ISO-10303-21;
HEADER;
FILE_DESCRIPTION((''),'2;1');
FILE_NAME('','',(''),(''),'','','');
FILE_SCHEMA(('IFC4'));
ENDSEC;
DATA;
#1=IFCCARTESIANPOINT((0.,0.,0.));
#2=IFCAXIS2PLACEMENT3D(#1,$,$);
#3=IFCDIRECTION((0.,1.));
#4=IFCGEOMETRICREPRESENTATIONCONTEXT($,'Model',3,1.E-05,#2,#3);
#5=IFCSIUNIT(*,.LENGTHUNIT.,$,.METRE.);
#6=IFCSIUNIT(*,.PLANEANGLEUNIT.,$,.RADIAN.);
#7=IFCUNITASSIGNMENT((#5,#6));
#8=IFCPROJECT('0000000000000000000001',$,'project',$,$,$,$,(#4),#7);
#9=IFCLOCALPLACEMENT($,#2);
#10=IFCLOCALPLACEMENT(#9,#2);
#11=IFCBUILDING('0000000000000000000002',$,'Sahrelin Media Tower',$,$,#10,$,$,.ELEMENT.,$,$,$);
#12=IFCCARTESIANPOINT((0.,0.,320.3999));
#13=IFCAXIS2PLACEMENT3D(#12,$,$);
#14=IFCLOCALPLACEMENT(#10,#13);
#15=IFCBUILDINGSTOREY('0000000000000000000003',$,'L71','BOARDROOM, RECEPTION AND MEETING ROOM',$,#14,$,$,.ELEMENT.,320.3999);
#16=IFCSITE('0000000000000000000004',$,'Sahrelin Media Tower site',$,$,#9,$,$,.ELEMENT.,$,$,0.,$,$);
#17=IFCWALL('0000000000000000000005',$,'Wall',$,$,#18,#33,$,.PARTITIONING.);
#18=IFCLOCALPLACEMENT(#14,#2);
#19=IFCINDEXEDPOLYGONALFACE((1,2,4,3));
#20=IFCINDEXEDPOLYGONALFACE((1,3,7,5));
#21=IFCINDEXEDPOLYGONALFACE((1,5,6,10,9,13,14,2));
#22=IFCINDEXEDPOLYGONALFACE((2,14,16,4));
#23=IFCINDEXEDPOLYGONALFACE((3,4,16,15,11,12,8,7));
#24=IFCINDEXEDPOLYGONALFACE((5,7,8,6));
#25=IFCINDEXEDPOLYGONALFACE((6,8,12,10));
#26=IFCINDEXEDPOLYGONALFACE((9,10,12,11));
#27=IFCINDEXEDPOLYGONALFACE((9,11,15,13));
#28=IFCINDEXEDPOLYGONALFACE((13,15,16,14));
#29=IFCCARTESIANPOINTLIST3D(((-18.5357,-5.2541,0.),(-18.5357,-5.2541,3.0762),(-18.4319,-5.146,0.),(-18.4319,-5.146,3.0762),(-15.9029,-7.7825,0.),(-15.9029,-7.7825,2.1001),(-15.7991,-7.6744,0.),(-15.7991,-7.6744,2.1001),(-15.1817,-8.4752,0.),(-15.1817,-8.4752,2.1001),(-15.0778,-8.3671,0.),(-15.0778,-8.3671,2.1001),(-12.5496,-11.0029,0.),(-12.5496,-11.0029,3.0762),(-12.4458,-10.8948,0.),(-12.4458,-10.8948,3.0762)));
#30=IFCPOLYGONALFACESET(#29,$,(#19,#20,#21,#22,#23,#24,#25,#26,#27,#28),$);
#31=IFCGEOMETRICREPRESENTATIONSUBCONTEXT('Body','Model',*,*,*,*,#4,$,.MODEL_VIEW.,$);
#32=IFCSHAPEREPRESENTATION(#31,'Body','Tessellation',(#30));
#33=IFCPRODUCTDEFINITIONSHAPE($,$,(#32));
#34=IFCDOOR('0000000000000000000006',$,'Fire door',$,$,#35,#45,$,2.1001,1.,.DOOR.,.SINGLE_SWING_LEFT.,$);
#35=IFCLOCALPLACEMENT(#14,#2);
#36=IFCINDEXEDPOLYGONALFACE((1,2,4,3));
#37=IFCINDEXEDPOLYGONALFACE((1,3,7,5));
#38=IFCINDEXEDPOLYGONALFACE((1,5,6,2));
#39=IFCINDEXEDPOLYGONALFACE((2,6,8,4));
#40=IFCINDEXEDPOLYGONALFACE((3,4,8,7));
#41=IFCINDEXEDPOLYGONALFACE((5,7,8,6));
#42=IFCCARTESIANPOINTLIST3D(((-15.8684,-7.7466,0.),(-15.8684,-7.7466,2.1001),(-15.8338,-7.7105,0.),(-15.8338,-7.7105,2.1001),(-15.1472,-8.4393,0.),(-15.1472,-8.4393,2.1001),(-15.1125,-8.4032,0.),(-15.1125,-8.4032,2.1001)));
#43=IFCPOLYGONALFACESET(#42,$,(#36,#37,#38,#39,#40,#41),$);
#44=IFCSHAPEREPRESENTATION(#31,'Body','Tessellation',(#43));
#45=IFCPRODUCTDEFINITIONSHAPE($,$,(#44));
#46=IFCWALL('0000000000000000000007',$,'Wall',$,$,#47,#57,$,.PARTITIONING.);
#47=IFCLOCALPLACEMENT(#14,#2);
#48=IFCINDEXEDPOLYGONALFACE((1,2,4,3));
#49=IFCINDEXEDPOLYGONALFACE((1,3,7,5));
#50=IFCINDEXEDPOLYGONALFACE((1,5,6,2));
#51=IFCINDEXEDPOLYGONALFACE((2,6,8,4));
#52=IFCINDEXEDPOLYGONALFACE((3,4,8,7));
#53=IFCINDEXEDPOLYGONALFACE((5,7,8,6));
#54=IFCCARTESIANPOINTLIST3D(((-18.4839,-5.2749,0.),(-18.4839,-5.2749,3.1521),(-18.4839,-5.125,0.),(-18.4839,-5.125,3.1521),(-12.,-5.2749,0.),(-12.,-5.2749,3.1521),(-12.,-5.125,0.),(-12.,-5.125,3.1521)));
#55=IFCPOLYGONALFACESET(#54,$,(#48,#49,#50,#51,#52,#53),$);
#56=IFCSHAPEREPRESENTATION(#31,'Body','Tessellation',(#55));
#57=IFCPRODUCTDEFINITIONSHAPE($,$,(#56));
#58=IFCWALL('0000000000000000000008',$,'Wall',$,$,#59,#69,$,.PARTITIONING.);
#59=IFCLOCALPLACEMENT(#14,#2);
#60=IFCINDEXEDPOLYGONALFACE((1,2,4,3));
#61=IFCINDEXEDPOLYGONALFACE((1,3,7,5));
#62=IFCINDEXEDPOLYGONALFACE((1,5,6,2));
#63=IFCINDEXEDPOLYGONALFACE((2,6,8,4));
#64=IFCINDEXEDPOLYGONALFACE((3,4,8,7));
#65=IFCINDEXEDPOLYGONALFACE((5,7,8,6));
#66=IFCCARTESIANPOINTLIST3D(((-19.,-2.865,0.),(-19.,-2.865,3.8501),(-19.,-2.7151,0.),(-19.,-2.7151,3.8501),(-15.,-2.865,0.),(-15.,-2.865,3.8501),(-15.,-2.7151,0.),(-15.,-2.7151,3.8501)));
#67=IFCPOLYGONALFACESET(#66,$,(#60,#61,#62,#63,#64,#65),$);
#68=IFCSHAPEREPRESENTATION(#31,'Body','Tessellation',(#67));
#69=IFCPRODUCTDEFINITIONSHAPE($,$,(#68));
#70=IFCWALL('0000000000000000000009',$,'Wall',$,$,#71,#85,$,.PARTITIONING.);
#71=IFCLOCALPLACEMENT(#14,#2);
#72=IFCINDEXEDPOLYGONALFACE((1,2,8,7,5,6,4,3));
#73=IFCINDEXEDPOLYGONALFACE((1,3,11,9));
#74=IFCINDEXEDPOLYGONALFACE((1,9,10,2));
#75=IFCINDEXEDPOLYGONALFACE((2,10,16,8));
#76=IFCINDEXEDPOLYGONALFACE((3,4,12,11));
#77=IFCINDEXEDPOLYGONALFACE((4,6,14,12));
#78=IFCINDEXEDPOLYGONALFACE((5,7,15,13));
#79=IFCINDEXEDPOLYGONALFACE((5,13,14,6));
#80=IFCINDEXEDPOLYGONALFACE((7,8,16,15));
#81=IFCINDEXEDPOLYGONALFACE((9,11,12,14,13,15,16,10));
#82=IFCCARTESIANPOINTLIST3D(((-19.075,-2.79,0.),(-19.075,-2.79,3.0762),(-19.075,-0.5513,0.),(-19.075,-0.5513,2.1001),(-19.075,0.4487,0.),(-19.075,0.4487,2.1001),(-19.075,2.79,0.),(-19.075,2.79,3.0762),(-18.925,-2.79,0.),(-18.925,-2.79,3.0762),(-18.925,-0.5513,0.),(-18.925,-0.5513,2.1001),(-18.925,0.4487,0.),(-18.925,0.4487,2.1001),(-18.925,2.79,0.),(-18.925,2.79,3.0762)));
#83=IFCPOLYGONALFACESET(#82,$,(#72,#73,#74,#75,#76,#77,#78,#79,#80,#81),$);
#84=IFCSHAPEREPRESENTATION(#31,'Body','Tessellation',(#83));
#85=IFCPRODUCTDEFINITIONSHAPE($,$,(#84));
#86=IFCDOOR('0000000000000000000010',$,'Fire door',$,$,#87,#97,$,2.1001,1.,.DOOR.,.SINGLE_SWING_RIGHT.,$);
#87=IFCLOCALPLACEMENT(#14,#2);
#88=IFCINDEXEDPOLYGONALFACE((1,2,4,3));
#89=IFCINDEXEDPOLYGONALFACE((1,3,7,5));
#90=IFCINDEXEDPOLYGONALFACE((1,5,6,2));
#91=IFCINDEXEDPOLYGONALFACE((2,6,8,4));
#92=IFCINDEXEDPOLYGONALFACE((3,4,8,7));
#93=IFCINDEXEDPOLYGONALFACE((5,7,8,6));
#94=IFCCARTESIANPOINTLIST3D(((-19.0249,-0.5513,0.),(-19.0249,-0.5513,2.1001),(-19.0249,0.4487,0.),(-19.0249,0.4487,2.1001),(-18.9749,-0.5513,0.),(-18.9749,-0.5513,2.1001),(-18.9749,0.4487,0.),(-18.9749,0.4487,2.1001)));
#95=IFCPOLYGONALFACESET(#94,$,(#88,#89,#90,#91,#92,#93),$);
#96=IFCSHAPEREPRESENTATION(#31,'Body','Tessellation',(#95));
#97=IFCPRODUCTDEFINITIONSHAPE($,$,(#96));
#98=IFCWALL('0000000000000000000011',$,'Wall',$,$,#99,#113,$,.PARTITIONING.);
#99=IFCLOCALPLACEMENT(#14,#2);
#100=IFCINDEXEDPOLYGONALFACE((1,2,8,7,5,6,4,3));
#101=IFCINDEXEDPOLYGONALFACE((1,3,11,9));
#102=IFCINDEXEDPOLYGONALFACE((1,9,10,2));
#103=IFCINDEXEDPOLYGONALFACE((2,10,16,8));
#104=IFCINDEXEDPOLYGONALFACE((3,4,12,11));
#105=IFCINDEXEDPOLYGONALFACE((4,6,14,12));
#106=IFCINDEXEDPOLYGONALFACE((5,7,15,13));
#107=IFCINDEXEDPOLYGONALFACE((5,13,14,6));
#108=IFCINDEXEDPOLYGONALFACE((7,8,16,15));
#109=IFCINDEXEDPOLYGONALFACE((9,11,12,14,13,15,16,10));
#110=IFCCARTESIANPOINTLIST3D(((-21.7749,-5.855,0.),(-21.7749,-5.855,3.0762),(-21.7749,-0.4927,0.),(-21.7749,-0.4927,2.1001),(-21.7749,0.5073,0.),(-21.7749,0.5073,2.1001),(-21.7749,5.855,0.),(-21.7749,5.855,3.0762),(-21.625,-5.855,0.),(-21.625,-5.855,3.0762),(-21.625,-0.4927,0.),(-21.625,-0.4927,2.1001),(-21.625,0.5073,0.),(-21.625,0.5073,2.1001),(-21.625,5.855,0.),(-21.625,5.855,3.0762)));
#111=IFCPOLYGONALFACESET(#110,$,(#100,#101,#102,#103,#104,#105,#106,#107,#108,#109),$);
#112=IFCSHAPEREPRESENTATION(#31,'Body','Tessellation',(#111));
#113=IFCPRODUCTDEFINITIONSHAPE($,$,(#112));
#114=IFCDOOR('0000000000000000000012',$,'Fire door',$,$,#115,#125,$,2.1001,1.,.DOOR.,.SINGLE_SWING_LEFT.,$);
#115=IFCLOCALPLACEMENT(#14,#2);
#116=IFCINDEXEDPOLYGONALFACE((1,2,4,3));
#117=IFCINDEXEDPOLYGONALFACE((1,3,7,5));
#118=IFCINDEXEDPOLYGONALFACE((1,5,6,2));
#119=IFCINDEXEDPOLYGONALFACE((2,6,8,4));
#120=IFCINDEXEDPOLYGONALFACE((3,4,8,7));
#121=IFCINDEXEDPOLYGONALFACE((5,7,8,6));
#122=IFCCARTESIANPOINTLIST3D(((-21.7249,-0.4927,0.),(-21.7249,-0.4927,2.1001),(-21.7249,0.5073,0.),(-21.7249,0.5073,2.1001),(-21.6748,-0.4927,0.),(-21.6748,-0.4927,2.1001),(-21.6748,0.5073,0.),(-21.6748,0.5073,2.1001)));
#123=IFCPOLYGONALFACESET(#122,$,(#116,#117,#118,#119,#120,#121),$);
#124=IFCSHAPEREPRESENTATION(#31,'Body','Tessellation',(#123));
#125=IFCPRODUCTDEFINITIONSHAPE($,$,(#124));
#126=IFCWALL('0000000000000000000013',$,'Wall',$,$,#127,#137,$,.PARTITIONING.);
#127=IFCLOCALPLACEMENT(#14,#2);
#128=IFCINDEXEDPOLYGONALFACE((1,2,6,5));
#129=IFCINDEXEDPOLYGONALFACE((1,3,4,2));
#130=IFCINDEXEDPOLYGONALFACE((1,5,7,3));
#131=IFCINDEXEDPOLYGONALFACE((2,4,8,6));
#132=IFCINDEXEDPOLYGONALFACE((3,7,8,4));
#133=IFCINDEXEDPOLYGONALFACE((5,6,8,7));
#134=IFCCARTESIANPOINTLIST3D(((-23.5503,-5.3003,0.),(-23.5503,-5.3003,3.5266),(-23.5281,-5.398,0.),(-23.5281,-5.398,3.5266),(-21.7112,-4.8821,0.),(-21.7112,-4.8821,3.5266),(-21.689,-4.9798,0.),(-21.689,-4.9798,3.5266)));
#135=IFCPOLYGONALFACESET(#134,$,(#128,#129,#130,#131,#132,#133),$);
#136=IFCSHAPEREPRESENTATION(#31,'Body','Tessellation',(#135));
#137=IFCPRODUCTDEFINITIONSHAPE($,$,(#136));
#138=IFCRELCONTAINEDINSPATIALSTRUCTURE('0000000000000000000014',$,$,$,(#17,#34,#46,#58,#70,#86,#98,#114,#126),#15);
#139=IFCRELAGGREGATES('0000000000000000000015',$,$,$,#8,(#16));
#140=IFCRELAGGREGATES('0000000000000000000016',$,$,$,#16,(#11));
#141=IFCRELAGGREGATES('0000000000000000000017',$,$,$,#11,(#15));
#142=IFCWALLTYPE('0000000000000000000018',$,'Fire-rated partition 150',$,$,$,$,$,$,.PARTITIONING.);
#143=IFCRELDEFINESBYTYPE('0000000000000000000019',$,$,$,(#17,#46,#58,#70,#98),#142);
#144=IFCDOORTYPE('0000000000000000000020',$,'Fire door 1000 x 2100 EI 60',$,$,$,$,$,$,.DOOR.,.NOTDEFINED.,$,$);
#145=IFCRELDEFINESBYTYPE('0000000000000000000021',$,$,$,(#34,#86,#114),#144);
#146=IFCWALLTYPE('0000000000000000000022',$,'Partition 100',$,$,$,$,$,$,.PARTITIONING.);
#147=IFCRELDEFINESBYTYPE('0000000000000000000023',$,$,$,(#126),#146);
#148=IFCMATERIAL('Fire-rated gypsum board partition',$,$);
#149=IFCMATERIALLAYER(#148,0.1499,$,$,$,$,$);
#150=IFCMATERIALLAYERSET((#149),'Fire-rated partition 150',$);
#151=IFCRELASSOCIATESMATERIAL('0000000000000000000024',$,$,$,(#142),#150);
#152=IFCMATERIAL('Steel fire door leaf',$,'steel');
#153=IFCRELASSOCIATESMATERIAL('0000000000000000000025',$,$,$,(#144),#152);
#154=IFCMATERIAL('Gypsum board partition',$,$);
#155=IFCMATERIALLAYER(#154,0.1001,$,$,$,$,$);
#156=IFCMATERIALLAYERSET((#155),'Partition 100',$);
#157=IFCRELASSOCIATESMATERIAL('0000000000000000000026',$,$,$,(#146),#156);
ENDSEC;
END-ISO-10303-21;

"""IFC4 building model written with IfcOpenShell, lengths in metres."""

from ifc_helpers import new_model, si_unit, direction, frame, frame_2d, origin, place, context, subcontext, project, spatial, rectangle, extrude, material, layer, layer_set, type_object, element, fill, save


model = new_model("IFC4")

# Units and contexts
model_context = context("Model", 3, precision=1e-05, world=origin(), true_north=direction((0.0, 1.0)))
body_context = subcontext(model_context, "Body", "Model", "MODEL_VIEW")
ifc_project = project(units=[si_unit("LENGTHUNIT", "METRE"), si_unit("PLANEANGLEUNIT", "RADIAN")], contexts=[model_context])

# Site, building, storey
site_placement = place(None, origin())
site = spatial("IfcSite", under=ifc_project, at=site_placement, Name="Sahrelin Media Tower site", CompositionType="ELEMENT", RefElevation=0.0)
building_placement = place(site_placement, origin())
building = spatial("IfcBuilding", under=site, at=building_placement, Name="Sahrelin Media Tower", CompositionType="ELEMENT")
storey_placement = place(building_placement, frame((0.0, 0.0, 320.3999)))
storey = spatial("IfcBuildingStorey", under=building, at=storey_placement, Name="L71", Description="BOARDROOM, RECEPTION AND MEETING ROOM", CompositionType="ELEMENT", Elevation=320.3999)

# Shared definitions
ifc_material_1 = material(Name="Fire-rated gypsum board partition")
ifc_layer_1 = layer(ifc_material_1, 0.1499)
ifc_layer_set_1 = layer_set([ifc_layer_1], Name="Fire-rated partition 150")
wall_type_1 = type_object("IfcWallType", Name="Fire-rated partition 150", PredefinedType="PARTITIONING", material=ifc_layer_set_1)

# Shared definitions
ifc_material_2 = material(Name="Steel fire door leaf", Category="steel")
door_type = type_object("IfcDoorType", Name="Fire door 1000 x 2100 EI 60", OperationType="NOTDEFINED", PredefinedType="DOOR", material=ifc_material_2)

# Wall, opening, door
wall_1_placement = place(storey_placement, frame((-18.4839, -5.2, 0.0), z_axis=(0.0, 0.0, 1.0), x_axis=(0.721259, -0.692666, 0.0)))
wall_1 = element("IfcWall", 1, at=wall_1_placement, inside=storey, type_object=wall_type_1, Name="Wall", PredefinedType="PARTITIONING", context=body_context, shape_type="SweptSolid", body=[
    extrude(rectangle(XDim=8.2996, YDim=0.1499, at=frame_2d((4.1499, 0.0))), origin(), (0.0, 0.0, 1.0), 3.0762),
])
opening_1_placement = place(wall_1_placement, frame((3.6504, 0.0, 0.0)))
opening_1 = element("IfcOpeningElement", 2, at=opening_1_placement, cuts=wall_1, PredefinedType="OPENING", context=body_context, shape_type="SweptSolid", body=[
    extrude(rectangle(XDim=1.0, YDim=2.1001, at=frame_2d((0.5, 1.05))), frame((0.0, 0.075, 0.0), z_axis=(0.0, -1.0, 0.0), x_axis=(1.0, 0.0, 0.0)), (0.0, 0.0, 1.0), 0.1499),
])
door_1_placement = place(opening_1_placement, origin())
door_1 = element("IfcDoor", 3, at=door_1_placement, inside=storey, type_object=door_type, Name="Fire door", OperationType="SINGLE_SWING_LEFT", OverallHeight=2.1001, OverallWidth=1.0, PredefinedType="DOOR", context=body_context, shape_type="SweptSolid", body=[
    extrude(rectangle(XDim=1.0, YDim=2.1001, at=frame_2d((0.5, 1.05))), frame((0.0, 0.0249, 0.0), z_axis=(0.0, -1.0, 0.0), x_axis=(1.0, 0.0, 0.0)), (0.0, 0.0, 1.0), 0.05),
])
fill(opening_1, door_1)

# Walls
wall_2_placement = place(storey_placement, frame((-18.4839, -5.2, 0.0), z_axis=(0.0, 0.0, 1.0), x_axis=(1.0, 0.0, 0.0)))
element("IfcWall", 4, at=wall_2_placement, inside=storey, type_object=wall_type_1, Name="Wall", PredefinedType="PARTITIONING", context=body_context, shape_type="SweptSolid", body=[
    extrude(rectangle(XDim=6.4839, YDim=0.1499, at=frame_2d((3.2419, 0.0))), origin(), (0.0, 0.0, 1.0), 3.1521),
])
wall_3_placement = place(storey_placement, frame((-19.0, -2.79, 0.0), z_axis=(0.0, 0.0, 1.0), x_axis=(1.0, 0.0, 0.0)))
element("IfcWall", 5, at=wall_3_placement, inside=storey, type_object=wall_type_1, Name="Wall", PredefinedType="PARTITIONING", context=body_context, shape_type="SweptSolid", body=[
    extrude(rectangle(XDim=4.0, YDim=0.1499, at=frame_2d((2.0, 0.0))), origin(), (0.0, 0.0, 1.0), 3.8501),
])

# Walls, openings, doors
wall_4_placement = place(storey_placement, frame((-19.0, -2.79, 0.0), z_axis=(0.0, 0.0, 1.0), x_axis=(0.0, 1.0, 0.0)))
wall_4 = element("IfcWall", 6, at=wall_4_placement, inside=storey, type_object=wall_type_1, Name="Wall", PredefinedType="PARTITIONING", context=body_context, shape_type="SweptSolid", body=[
    extrude(rectangle(XDim=5.5801, YDim=0.1499, at=frame_2d((2.79, 0.0))), origin(), (0.0, 0.0, 1.0), 3.0762),
])
opening_2_placement = place(wall_4_placement, frame((2.2388, 0.0, 0.0)))
opening_2 = element("IfcOpeningElement", 7, at=opening_2_placement, cuts=wall_4, PredefinedType="OPENING", context=body_context, shape_type="SweptSolid", body=[
    extrude(rectangle(XDim=1.0, YDim=2.1001, at=frame_2d((0.5, 1.05))), frame((0.0, 0.075, 0.0), z_axis=(0.0, -1.0, 0.0), x_axis=(1.0, 0.0, 0.0)), (0.0, 0.0, 1.0), 0.1499),
])
door_2_placement = place(opening_2_placement, origin())
door_2 = element("IfcDoor", 8, at=door_2_placement, inside=storey, type_object=door_type, Name="Fire door", OperationType="SINGLE_SWING_RIGHT", OverallHeight=2.1001, OverallWidth=1.0, PredefinedType="DOOR", context=body_context, shape_type="SweptSolid", body=[
    extrude(rectangle(XDim=1.0, YDim=2.1001, at=frame_2d((0.5, 1.05))), frame((0.0, 0.0249, 0.0), z_axis=(0.0, -1.0, 0.0), x_axis=(1.0, 0.0, 0.0)), (0.0, 0.0, 1.0), 0.05),
])
fill(opening_2, door_2)
wall_5_placement = place(storey_placement, frame((-21.7, -5.855, 0.0), z_axis=(0.0, 0.0, 1.0), x_axis=(0.0, 1.0, 0.0)))
wall_5 = element("IfcWall", 9, at=wall_5_placement, inside=storey, type_object=wall_type_1, Name="Wall", PredefinedType="PARTITIONING", context=body_context, shape_type="SweptSolid", body=[
    extrude(rectangle(XDim=11.71, YDim=0.1499, at=frame_2d((5.855, 0.0))), origin(), (0.0, 0.0, 1.0), 3.0762),
])
opening_3_placement = place(wall_5_placement, frame((5.3623, 0.0, 0.0)))
opening_3 = element("IfcOpeningElement", 10, at=opening_3_placement, cuts=wall_5, PredefinedType="OPENING", context=body_context, shape_type="SweptSolid", body=[
    extrude(rectangle(XDim=1.0, YDim=2.1001, at=frame_2d((0.5, 1.05))), frame((0.0, 0.075, 0.0), z_axis=(0.0, -1.0, 0.0), x_axis=(1.0, 0.0, 0.0)), (0.0, 0.0, 1.0), 0.1499),
])
door_3_placement = place(opening_3_placement, origin())
door_3 = element("IfcDoor", 11, at=door_3_placement, inside=storey, type_object=door_type, Name="Fire door", OperationType="SINGLE_SWING_LEFT", OverallHeight=2.1001, OverallWidth=1.0, PredefinedType="DOOR", context=body_context, shape_type="SweptSolid", body=[
    extrude(rectangle(XDim=1.0, YDim=2.1001, at=frame_2d((0.5, 1.05))), frame((0.0, 0.0249, 0.0), z_axis=(0.0, -1.0, 0.0), x_axis=(1.0, 0.0, 0.0)), (0.0, 0.0, 1.0), 0.05),
])
fill(opening_3, door_3)

# Wall
ifc_material_3 = material(Name="Gypsum board partition")
ifc_layer_2 = layer(ifc_material_3, 0.1001)
ifc_layer_set_2 = layer_set([ifc_layer_2], Name="Partition 100")
wall_type_2 = type_object("IfcWallType", Name="Partition 100", PredefinedType="PARTITIONING", material=ifc_layer_set_2)
wall_6_placement = place(storey_placement, frame((-23.5391, -5.3491, 0.0), z_axis=(0.0, 0.0, 1.0), x_axis=(0.975106, 0.221739, 0.0)))
element("IfcWall", 12, at=wall_6_placement, inside=storey, type_object=wall_type_2, Name="Wall", PredefinedType="PARTITIONING", context=body_context, shape_type="SweptSolid", body=[
    extrude(rectangle(XDim=1.886, YDim=0.1001, at=frame_2d((0.9429, 0.0))), origin(), (0.0, 0.0, 1.0), 3.5266),
])

save(model, "model.ifc")
